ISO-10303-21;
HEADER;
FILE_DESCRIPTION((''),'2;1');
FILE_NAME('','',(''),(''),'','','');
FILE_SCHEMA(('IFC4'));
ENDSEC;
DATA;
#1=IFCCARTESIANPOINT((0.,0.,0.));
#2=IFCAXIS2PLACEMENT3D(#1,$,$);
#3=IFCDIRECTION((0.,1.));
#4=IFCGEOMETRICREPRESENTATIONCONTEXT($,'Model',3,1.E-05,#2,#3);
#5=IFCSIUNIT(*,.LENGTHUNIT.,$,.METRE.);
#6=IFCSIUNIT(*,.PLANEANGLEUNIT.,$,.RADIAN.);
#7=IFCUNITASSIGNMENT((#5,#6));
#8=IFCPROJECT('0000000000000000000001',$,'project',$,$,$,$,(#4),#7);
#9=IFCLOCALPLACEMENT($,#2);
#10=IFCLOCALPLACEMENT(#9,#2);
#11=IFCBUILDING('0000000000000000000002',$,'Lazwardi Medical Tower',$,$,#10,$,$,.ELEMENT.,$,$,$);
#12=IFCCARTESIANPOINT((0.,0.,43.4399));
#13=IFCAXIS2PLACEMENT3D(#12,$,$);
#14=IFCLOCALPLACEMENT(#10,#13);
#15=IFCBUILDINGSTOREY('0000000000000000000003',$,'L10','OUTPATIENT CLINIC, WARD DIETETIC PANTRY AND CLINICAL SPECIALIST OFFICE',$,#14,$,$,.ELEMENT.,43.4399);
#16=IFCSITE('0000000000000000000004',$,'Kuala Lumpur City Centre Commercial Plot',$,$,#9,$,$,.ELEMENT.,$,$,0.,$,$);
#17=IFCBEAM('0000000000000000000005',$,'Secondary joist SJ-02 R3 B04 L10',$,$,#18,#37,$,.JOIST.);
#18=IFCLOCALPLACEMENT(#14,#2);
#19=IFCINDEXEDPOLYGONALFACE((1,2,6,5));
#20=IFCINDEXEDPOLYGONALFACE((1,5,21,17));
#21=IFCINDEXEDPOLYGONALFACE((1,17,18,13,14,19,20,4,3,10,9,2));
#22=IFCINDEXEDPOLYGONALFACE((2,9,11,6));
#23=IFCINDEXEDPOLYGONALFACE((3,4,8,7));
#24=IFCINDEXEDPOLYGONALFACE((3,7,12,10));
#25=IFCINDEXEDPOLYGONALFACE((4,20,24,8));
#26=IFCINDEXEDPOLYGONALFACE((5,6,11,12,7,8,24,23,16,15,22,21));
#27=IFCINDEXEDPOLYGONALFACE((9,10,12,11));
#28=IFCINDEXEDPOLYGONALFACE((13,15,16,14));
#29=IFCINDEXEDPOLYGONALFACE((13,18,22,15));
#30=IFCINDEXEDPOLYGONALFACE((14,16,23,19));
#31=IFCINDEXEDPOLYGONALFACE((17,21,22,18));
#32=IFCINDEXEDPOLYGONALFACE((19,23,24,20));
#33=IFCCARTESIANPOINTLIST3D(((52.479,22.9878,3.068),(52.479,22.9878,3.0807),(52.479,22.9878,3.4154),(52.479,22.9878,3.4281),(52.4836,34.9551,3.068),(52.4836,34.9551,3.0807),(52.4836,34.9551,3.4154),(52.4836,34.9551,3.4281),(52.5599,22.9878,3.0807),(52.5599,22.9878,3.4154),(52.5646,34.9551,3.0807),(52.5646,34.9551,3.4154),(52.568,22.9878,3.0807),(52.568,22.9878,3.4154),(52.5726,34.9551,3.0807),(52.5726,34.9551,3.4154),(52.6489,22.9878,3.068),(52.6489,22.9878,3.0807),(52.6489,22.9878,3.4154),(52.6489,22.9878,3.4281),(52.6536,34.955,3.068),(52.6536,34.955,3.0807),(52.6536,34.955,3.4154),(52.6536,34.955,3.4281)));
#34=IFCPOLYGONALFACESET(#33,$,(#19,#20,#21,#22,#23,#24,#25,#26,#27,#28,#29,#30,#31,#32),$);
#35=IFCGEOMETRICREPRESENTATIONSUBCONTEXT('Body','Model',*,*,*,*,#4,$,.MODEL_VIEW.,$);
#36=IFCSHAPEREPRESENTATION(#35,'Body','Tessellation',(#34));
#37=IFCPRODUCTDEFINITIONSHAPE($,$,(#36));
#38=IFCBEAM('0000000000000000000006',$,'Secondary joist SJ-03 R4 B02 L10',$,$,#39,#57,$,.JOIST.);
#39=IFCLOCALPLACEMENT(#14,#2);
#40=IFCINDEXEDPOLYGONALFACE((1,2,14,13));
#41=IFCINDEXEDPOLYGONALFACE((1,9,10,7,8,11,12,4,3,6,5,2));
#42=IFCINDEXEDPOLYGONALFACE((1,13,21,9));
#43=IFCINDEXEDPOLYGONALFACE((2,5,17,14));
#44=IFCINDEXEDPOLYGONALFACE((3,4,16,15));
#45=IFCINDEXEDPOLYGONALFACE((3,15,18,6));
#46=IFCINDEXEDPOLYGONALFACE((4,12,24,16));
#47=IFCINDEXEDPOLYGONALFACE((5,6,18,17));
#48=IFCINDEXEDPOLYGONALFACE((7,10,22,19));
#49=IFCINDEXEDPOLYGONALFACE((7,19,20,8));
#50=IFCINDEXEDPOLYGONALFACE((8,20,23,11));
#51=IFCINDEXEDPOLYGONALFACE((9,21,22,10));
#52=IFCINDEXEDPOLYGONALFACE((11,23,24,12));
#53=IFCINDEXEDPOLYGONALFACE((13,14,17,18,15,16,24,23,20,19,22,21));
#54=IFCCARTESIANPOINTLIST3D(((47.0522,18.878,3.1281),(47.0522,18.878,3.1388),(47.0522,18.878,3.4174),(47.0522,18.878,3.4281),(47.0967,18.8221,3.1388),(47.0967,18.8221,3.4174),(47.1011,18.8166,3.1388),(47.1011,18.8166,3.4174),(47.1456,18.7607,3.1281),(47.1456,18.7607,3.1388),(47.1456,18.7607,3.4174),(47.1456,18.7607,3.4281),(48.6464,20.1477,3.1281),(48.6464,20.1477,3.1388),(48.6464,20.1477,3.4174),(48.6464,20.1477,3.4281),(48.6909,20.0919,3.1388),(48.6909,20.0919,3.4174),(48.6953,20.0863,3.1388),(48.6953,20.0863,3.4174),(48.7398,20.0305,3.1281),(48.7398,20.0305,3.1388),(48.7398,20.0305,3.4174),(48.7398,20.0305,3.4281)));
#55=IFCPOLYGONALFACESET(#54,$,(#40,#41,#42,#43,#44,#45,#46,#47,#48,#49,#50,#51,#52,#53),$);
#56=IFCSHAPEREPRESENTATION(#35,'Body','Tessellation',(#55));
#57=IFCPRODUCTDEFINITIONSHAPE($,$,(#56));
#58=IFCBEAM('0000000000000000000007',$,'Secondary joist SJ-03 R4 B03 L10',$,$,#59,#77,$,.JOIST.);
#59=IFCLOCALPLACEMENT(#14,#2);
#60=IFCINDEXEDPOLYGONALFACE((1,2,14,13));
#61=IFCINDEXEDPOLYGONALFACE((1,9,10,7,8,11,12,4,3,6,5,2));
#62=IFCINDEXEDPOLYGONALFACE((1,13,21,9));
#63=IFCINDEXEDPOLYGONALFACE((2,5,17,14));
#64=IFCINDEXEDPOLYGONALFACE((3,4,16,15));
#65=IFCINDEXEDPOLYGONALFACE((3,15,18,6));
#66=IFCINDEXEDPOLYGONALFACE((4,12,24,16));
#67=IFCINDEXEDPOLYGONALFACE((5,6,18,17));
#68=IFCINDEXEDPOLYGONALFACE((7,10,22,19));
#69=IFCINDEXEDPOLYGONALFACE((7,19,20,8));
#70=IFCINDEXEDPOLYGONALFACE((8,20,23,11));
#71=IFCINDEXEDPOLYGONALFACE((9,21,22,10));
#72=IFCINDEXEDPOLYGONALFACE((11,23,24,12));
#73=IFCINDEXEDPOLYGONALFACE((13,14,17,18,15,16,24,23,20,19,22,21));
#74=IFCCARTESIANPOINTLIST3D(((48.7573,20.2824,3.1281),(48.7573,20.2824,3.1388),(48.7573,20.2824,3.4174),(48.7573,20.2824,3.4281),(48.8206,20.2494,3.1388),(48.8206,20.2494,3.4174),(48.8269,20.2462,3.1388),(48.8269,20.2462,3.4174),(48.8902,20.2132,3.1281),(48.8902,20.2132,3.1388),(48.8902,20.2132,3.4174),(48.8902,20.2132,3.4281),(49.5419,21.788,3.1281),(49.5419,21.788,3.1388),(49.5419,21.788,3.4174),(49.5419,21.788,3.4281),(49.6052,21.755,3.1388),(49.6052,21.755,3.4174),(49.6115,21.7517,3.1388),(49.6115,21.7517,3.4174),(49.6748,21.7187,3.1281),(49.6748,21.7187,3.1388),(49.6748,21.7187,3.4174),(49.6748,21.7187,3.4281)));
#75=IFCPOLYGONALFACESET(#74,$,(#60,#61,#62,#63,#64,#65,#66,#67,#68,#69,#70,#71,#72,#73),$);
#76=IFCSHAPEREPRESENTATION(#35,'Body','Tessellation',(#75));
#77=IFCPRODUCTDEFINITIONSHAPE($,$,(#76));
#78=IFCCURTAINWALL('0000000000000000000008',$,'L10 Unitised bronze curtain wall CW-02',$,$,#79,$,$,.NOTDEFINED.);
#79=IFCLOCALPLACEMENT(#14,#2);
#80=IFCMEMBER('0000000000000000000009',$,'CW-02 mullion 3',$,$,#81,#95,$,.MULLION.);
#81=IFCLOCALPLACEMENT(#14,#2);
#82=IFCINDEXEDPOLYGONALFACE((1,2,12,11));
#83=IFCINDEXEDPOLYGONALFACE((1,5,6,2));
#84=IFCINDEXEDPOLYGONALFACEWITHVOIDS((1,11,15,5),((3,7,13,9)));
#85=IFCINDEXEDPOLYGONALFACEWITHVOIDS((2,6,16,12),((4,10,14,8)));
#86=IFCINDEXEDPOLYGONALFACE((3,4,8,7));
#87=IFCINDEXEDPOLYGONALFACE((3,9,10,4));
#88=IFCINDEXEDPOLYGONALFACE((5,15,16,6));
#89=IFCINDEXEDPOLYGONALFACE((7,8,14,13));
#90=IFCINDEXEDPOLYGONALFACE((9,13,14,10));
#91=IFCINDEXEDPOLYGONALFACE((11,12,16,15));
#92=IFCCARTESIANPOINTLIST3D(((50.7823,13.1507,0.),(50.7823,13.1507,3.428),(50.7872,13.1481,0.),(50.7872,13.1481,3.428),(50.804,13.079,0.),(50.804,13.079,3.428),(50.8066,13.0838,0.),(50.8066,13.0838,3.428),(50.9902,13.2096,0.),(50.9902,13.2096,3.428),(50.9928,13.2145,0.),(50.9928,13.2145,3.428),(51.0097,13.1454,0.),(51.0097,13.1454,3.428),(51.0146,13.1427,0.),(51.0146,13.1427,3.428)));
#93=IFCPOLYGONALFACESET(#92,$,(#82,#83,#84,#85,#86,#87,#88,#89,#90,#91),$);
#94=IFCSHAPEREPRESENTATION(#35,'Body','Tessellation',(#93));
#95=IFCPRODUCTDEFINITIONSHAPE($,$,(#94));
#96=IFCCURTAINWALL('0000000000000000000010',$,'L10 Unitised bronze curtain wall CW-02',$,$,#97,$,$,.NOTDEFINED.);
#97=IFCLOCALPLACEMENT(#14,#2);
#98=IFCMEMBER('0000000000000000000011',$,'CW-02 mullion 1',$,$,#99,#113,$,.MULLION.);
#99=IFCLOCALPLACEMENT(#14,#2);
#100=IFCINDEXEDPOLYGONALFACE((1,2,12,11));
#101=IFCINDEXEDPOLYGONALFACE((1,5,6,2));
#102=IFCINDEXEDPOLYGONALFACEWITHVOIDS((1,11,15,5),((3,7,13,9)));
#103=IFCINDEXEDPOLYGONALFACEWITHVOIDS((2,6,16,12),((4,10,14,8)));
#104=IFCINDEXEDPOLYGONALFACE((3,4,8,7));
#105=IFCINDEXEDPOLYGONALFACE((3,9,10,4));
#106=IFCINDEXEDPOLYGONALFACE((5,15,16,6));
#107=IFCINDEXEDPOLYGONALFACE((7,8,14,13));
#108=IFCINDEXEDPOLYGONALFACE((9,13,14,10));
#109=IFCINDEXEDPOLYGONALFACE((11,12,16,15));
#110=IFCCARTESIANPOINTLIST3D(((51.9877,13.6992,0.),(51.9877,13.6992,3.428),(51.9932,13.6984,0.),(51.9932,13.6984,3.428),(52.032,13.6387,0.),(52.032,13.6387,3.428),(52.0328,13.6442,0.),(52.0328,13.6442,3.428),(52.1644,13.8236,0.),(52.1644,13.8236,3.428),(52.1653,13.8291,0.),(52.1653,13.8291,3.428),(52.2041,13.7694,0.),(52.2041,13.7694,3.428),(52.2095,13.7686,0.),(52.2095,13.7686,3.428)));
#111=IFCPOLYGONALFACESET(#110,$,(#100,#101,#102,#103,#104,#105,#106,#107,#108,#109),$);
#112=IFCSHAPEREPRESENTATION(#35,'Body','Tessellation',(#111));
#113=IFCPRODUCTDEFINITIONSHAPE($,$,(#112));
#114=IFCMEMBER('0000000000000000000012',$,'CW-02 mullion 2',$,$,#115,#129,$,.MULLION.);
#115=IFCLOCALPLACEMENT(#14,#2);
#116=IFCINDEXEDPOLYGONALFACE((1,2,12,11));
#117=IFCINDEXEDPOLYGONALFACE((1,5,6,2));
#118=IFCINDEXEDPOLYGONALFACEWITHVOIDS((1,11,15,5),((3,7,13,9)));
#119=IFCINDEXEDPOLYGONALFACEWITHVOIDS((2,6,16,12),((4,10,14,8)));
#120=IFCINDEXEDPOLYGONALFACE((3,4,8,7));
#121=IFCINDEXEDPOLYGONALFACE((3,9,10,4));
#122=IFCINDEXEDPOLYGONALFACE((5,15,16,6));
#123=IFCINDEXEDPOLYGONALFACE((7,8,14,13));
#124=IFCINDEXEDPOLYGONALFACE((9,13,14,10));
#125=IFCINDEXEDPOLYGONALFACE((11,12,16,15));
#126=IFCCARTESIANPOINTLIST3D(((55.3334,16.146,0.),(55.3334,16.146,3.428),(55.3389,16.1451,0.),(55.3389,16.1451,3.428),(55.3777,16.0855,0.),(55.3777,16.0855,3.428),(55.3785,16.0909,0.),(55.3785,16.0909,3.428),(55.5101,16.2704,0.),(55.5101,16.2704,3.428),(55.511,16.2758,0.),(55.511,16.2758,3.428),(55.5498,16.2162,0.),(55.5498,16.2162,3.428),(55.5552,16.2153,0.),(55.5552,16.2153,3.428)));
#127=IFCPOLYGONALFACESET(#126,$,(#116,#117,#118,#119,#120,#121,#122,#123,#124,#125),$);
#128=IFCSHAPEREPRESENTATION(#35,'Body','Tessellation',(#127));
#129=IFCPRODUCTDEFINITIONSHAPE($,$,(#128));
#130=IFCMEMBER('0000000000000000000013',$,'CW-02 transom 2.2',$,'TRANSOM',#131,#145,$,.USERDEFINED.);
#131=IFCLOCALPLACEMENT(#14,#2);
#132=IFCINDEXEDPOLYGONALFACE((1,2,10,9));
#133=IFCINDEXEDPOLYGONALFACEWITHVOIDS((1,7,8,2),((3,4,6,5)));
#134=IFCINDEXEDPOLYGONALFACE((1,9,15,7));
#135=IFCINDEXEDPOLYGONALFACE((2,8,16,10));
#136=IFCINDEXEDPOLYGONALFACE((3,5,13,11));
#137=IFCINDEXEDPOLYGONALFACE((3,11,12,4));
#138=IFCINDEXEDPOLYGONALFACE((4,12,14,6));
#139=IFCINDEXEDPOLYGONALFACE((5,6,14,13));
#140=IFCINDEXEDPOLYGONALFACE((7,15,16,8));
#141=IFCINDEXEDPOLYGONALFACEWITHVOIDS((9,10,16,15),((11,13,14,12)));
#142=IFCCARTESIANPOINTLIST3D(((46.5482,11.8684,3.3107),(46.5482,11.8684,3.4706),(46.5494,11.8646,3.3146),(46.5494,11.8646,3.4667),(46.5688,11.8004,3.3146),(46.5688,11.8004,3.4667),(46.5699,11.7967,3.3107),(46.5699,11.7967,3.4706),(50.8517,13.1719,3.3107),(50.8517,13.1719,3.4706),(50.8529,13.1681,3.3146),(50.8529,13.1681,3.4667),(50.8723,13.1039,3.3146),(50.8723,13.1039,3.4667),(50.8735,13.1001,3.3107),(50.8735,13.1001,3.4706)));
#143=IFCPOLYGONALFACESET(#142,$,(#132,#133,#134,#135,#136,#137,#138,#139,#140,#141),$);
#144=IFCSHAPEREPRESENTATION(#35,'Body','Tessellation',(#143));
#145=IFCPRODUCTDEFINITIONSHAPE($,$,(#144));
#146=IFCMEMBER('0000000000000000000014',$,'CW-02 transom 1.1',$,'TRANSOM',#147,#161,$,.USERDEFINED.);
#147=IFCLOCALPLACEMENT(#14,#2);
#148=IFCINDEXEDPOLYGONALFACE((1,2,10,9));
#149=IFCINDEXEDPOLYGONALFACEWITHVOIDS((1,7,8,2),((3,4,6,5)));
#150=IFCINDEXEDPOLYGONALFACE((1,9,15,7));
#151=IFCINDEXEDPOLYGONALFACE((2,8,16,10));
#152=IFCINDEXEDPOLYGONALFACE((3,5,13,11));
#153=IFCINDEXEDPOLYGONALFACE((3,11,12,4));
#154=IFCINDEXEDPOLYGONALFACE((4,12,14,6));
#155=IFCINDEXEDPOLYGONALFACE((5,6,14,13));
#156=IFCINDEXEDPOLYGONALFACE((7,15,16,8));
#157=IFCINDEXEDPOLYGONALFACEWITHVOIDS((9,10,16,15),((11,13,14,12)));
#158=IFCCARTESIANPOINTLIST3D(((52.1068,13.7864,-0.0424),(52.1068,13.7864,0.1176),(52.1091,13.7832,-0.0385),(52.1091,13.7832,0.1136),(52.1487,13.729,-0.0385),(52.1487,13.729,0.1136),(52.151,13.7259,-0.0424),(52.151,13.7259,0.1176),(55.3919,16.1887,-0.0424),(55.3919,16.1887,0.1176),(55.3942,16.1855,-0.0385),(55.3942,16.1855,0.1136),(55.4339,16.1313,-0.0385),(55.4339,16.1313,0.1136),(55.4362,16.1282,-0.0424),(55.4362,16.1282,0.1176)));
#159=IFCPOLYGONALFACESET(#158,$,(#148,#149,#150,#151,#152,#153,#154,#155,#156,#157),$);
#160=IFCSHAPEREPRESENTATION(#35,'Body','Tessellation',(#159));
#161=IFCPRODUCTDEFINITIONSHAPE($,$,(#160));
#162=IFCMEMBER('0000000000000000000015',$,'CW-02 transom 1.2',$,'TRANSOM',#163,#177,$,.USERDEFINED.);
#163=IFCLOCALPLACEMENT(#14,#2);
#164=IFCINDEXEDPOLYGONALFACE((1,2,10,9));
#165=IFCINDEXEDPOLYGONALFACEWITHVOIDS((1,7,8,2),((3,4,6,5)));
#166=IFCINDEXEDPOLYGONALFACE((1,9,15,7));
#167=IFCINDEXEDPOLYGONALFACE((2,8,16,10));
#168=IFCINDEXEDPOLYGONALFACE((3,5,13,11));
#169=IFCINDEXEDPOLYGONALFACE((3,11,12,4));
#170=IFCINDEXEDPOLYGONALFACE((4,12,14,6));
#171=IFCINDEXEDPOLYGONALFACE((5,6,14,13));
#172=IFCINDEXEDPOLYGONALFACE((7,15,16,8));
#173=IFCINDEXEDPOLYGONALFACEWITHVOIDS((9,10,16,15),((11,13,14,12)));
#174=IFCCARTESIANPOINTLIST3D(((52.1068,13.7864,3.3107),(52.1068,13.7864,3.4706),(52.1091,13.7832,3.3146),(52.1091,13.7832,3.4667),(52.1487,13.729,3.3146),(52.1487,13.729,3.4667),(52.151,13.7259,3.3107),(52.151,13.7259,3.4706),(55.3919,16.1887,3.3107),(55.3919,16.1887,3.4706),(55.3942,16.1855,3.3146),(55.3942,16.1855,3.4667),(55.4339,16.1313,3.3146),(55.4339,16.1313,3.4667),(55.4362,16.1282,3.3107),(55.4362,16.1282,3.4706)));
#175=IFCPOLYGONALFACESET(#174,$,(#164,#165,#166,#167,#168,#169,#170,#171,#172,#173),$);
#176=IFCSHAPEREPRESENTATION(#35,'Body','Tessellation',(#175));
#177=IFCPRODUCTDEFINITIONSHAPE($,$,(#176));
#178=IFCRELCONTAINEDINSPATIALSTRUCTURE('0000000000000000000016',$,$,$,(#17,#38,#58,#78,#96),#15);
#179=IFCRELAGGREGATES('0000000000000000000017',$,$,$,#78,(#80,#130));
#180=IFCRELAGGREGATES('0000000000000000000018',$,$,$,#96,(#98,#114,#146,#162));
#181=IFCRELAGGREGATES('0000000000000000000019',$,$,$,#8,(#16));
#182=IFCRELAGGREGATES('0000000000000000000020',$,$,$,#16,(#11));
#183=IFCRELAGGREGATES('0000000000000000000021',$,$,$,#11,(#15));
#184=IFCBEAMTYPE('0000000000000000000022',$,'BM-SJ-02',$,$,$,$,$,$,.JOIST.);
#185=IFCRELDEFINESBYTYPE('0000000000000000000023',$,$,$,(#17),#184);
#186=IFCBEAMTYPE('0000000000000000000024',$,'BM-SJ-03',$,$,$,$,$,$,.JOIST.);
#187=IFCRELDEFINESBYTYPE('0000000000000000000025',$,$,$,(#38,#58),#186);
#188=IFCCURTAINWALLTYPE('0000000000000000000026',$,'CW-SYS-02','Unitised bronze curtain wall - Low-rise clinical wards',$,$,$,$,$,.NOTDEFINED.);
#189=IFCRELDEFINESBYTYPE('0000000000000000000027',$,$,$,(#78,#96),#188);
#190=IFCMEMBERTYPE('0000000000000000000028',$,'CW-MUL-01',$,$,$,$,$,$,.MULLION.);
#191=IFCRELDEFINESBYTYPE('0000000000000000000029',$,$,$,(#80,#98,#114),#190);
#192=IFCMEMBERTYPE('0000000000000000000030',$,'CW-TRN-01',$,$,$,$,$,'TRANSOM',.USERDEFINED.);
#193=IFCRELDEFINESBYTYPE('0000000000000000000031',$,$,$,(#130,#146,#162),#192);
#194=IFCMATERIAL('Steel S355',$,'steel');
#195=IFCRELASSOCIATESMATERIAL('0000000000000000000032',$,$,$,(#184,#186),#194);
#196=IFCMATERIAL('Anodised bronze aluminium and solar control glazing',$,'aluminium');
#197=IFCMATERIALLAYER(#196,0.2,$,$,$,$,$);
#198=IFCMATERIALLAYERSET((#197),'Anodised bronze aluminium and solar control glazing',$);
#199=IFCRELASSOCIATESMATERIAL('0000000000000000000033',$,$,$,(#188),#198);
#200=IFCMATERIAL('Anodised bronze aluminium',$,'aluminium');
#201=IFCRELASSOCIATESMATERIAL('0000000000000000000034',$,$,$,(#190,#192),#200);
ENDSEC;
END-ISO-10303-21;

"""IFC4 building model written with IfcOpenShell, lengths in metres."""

from ifc_helpers import new_model, si_unit, direction, frame, origin, origin_2d, place, context, subcontext, project, spatial, hollow_rectangle, i_section, extrude, material, layer, layer_set, material_profile, profile_set, type_object, element, aggregate, save


model = new_model("IFC4")

# Units and contexts
model_context = context("Model", 3, precision=1e-05, world=origin(), true_north=direction((0.0, 1.0)))
body_context = subcontext(model_context, "Body", "Model", "MODEL_VIEW")
ifc_project = project(units=[si_unit("LENGTHUNIT", "METRE"), si_unit("PLANEANGLEUNIT", "RADIAN")], contexts=[model_context])

# Site, building, storey
site_placement = place(None, origin())
site = spatial("IfcSite", under=ifc_project, at=site_placement, Name="Kuala Lumpur City Centre Commercial Plot", CompositionType="ELEMENT", RefElevation=0.0)
building_placement = place(site_placement, origin())
building = spatial("IfcBuilding", under=site, at=building_placement, Name="Lazwardi Medical Tower", CompositionType="ELEMENT")
storey_placement = place(building_placement, frame((0.0, 0.0, 43.4399)))
storey = spatial("IfcBuildingStorey", under=building, at=storey_placement, Name="L10", Description="OUTPATIENT CLINIC, WARD DIETETIC PANTRY AND CLINICAL SPECIALIST OFFICE", CompositionType="ELEMENT", Elevation=43.4399)

# Beams
ifc_material_1 = material(Name="Steel S355", Category="steel")
ifc_material_profile_1 = material_profile(ifc_material_1, i_section(OverallWidth=0.1699, OverallDepth=0.3601, WebThickness=0.0081, FlangeThickness=0.0127, at=origin_2d()), Name="IPE 360")
ifc_profile_set_1 = profile_set([ifc_material_profile_1], Name="Steel S355")
beam_type_1 = type_object("IfcBeamType", Name="BM-SJ-02", PredefinedType="JOIST", material=ifc_profile_set_1)
beam_1_placement = place(storey_placement, frame((52.564, 22.9878, 3.248), z_axis=(0.000388, 1.0, 0.0), x_axis=(-1.0, 0.000388, 0.0)))
element("IfcBeam", 1, at=beam_1_placement, inside=storey, type_object=beam_type_1, Name="Secondary joist SJ-02 R3 B04 L10", PredefinedType="JOIST", context=body_context, shape_type="SweptSolid", body=[
    extrude(i_section(OverallWidth=0.1699, OverallDepth=0.3601, WebThickness=0.0081, FlangeThickness=0.0127, at=origin_2d()), origin(), (0.0, 0.0, 1.0), 11.9673),
])
ifc_material_profile_2 = material_profile(ifc_material_1, i_section(OverallWidth=0.1499, OverallDepth=0.3, WebThickness=0.0071, FlangeThickness=0.0107, at=origin_2d()), Name="IPE 300")
ifc_profile_set_2 = profile_set([ifc_material_profile_2], Name="Steel S355")
beam_type_2 = type_object("IfcBeamType", Name="BM-SJ-03", PredefinedType="JOIST", material=ifc_profile_set_2)
beam_2_placement = place(storey_placement, frame((47.0989, 18.8193, 3.2781), z_axis=(0.782211, 0.623014, 0.0), x_axis=(-0.623014, 0.782211, 0.0)))
element("IfcBeam", 2, at=beam_2_placement, inside=storey, type_object=beam_type_2, Name="Secondary joist SJ-03 R4 B02 L10", PredefinedType="JOIST", context=body_context, shape_type="SweptSolid", body=[
    extrude(i_section(OverallWidth=0.1499, OverallDepth=0.3, WebThickness=0.0071, FlangeThickness=0.0107, at=origin_2d()), origin(), (0.0, 0.0, 1.0), 2.0381),
])
beam_3_placement = place(storey_placement, frame((48.8237, 20.2478, 3.2781), z_axis=(0.462163, 0.886795, 0.0), x_axis=(-0.886795, 0.462163, 0.0)))
element("IfcBeam", 3, at=beam_3_placement, inside=storey, type_object=beam_type_2, Name="Secondary joist SJ-03 R4 B03 L10", PredefinedType="JOIST", context=body_context, shape_type="SweptSolid", body=[
    extrude(i_section(OverallWidth=0.1499, OverallDepth=0.3, WebThickness=0.0071, FlangeThickness=0.0107, at=origin_2d()), origin(), (0.0, 0.0, 1.0), 1.6978),
])

# Curtain wall, member
ifc_material_2 = material(Name="Anodised bronze aluminium and solar control glazing", Category="aluminium")
ifc_layer_1 = layer(ifc_material_2, 0.2)
ifc_layer_set_1 = layer_set([ifc_layer_1], Name="Anodised bronze aluminium and solar control glazing")
curtain_wall_type = type_object("IfcCurtainWallType", Name="CW-SYS-02", Description="Unitised bronze curtain wall - Low-rise clinical wards", PredefinedType="NOTDEFINED", material=ifc_layer_set_1)
curtain_wall_1_placement = place(storey_placement, origin())
curtain_wall_1 = element("IfcCurtainWall", 4, at=curtain_wall_1_placement, inside=storey, type_object=curtain_wall_type, Name="L10 Unitised bronze curtain wall CW-02", PredefinedType="NOTDEFINED")
ifc_material_3 = material(Name="Anodised bronze aluminium", Category="aluminium")
ifc_material_profile_3 = material_profile(ifc_material_3, hollow_rectangle(XDim=0.075, YDim=0.22, WallThickness=0.0039, at=origin_2d()), Name="ALU-MULLION 220x75x4")
ifc_profile_set_3 = profile_set([ifc_material_profile_3], Name="Anodised bronze aluminium")
member_type_1 = type_object("IfcMemberType", Name="CW-MUL-01", PredefinedType="MULLION", material=ifc_profile_set_3)
member_1_placement = place(storey_placement, frame((50.8984, 13.1467, 0.0), z_axis=(0.0, 0.0, 1.0), x_axis=(-0.289896, 0.957058, 0.0)))
member_1 = element("IfcMember", 5, at=member_1_placement, type_object=member_type_1, Name="CW-02 mullion 3", PredefinedType="MULLION", context=body_context, shape_type="SweptSolid", body=[
    extrude(hollow_rectangle(XDim=0.075, YDim=0.22, WallThickness=0.0039, at=origin_2d()), origin(), (0.0, 0.0, 1.0), 3.428),
])

# Curtain wall, members
curtain_wall_2_placement = place(storey_placement, origin())
curtain_wall_2 = element("IfcCurtainWall", 6, at=curtain_wall_2_placement, inside=storey, type_object=curtain_wall_type, Name="L10 Unitised bronze curtain wall CW-02", PredefinedType="NOTDEFINED")
member_2_placement = place(storey_placement, frame((52.0986, 13.7339, 0.0), z_axis=(0.0, 0.0, 1.0), x_axis=(-0.590289, 0.807192, 0.0)))
member_2 = element("IfcMember", 7, at=member_2_placement, type_object=member_type_1, Name="CW-02 mullion 1", PredefinedType="MULLION", context=body_context, shape_type="SweptSolid", body=[
    extrude(hollow_rectangle(XDim=0.075, YDim=0.22, WallThickness=0.0039, at=origin_2d()), origin(), (0.0, 0.0, 1.0), 3.428),
])
member_3_placement = place(storey_placement, frame((55.4443, 16.1807, 0.0), z_axis=(0.0, 0.0, 1.0), x_axis=(-0.590289, 0.807192, 0.0)))
member_3 = element("IfcMember", 8, at=member_3_placement, type_object=member_type_1, Name="CW-02 mullion 2", PredefinedType="MULLION", context=body_context, shape_type="SweptSolid", body=[
    extrude(hollow_rectangle(XDim=0.075, YDim=0.22, WallThickness=0.0039, at=origin_2d()), origin(), (0.0, 0.0, 1.0), 3.428),
])

# Members
ifc_material_profile_4 = material_profile(ifc_material_3, hollow_rectangle(XDim=0.075, YDim=0.1599, WallThickness=0.0039, at=origin_2d()), Name="ALU-TRANSOM 160x75x4")
ifc_profile_set_4 = profile_set([ifc_material_profile_4], Name="Anodised bronze aluminium")
member_type_2 = type_object("IfcMemberType", Name="CW-TRN-01", ElementType="TRANSOM", PredefinedType="USERDEFINED", material=ifc_profile_set_4)
member_4_placement = place(storey_placement, frame((46.5591, 11.8325, 3.3906), z_axis=(0.957062, 0.289882, 0.0), x_axis=(-0.289882, 0.957062, 0.0)))
member_4 = element("IfcMember", 9, at=member_4_placement, type_object=member_type_2, Name="CW-02 transom 2.2", ObjectType="TRANSOM", PredefinedType="USERDEFINED", context=body_context, shape_type="SweptSolid", body=[
    extrude(hollow_rectangle(XDim=0.075, YDim=0.1599, WallThickness=0.0039, at=origin_2d()), origin(), (0.0, 0.0, 1.0), 4.4966),
])
member_5_placement = place(storey_placement, frame((52.1289, 13.7561, 0.0376), z_axis=(0.807198, 0.590281, 0.0), x_axis=(-0.590281, 0.807198, 0.0)))
member_5 = element("IfcMember", 10, at=member_5_placement, type_object=member_type_2, Name="CW-02 transom 1.1", ObjectType="TRANSOM", PredefinedType="USERDEFINED", context=body_context, shape_type="SweptSolid", body=[
    extrude(hollow_rectangle(XDim=0.075, YDim=0.1599, WallThickness=0.0039, at=origin_2d()), origin(), (0.0, 0.0, 1.0), 4.0698),
])
member_6_placement = place(storey_placement, frame((52.1289, 13.7561, 3.3906), z_axis=(0.807198, 0.590281, 0.0), x_axis=(-0.590281, 0.807198, 0.0)))
member_6 = element("IfcMember", 11, at=member_6_placement, type_object=member_type_2, Name="CW-02 transom 1.2", ObjectType="TRANSOM", PredefinedType="USERDEFINED", context=body_context, shape_type="SweptSolid", body=[
    extrude(hollow_rectangle(XDim=0.075, YDim=0.1599, WallThickness=0.0039, at=origin_2d()), origin(), (0.0, 0.0, 1.0), 4.0698),
])

aggregate(curtain_wall_1, [member_1, member_4])
aggregate(curtain_wall_2, [member_2, member_3, member_5, member_6])

save(model, "model.ifc")
